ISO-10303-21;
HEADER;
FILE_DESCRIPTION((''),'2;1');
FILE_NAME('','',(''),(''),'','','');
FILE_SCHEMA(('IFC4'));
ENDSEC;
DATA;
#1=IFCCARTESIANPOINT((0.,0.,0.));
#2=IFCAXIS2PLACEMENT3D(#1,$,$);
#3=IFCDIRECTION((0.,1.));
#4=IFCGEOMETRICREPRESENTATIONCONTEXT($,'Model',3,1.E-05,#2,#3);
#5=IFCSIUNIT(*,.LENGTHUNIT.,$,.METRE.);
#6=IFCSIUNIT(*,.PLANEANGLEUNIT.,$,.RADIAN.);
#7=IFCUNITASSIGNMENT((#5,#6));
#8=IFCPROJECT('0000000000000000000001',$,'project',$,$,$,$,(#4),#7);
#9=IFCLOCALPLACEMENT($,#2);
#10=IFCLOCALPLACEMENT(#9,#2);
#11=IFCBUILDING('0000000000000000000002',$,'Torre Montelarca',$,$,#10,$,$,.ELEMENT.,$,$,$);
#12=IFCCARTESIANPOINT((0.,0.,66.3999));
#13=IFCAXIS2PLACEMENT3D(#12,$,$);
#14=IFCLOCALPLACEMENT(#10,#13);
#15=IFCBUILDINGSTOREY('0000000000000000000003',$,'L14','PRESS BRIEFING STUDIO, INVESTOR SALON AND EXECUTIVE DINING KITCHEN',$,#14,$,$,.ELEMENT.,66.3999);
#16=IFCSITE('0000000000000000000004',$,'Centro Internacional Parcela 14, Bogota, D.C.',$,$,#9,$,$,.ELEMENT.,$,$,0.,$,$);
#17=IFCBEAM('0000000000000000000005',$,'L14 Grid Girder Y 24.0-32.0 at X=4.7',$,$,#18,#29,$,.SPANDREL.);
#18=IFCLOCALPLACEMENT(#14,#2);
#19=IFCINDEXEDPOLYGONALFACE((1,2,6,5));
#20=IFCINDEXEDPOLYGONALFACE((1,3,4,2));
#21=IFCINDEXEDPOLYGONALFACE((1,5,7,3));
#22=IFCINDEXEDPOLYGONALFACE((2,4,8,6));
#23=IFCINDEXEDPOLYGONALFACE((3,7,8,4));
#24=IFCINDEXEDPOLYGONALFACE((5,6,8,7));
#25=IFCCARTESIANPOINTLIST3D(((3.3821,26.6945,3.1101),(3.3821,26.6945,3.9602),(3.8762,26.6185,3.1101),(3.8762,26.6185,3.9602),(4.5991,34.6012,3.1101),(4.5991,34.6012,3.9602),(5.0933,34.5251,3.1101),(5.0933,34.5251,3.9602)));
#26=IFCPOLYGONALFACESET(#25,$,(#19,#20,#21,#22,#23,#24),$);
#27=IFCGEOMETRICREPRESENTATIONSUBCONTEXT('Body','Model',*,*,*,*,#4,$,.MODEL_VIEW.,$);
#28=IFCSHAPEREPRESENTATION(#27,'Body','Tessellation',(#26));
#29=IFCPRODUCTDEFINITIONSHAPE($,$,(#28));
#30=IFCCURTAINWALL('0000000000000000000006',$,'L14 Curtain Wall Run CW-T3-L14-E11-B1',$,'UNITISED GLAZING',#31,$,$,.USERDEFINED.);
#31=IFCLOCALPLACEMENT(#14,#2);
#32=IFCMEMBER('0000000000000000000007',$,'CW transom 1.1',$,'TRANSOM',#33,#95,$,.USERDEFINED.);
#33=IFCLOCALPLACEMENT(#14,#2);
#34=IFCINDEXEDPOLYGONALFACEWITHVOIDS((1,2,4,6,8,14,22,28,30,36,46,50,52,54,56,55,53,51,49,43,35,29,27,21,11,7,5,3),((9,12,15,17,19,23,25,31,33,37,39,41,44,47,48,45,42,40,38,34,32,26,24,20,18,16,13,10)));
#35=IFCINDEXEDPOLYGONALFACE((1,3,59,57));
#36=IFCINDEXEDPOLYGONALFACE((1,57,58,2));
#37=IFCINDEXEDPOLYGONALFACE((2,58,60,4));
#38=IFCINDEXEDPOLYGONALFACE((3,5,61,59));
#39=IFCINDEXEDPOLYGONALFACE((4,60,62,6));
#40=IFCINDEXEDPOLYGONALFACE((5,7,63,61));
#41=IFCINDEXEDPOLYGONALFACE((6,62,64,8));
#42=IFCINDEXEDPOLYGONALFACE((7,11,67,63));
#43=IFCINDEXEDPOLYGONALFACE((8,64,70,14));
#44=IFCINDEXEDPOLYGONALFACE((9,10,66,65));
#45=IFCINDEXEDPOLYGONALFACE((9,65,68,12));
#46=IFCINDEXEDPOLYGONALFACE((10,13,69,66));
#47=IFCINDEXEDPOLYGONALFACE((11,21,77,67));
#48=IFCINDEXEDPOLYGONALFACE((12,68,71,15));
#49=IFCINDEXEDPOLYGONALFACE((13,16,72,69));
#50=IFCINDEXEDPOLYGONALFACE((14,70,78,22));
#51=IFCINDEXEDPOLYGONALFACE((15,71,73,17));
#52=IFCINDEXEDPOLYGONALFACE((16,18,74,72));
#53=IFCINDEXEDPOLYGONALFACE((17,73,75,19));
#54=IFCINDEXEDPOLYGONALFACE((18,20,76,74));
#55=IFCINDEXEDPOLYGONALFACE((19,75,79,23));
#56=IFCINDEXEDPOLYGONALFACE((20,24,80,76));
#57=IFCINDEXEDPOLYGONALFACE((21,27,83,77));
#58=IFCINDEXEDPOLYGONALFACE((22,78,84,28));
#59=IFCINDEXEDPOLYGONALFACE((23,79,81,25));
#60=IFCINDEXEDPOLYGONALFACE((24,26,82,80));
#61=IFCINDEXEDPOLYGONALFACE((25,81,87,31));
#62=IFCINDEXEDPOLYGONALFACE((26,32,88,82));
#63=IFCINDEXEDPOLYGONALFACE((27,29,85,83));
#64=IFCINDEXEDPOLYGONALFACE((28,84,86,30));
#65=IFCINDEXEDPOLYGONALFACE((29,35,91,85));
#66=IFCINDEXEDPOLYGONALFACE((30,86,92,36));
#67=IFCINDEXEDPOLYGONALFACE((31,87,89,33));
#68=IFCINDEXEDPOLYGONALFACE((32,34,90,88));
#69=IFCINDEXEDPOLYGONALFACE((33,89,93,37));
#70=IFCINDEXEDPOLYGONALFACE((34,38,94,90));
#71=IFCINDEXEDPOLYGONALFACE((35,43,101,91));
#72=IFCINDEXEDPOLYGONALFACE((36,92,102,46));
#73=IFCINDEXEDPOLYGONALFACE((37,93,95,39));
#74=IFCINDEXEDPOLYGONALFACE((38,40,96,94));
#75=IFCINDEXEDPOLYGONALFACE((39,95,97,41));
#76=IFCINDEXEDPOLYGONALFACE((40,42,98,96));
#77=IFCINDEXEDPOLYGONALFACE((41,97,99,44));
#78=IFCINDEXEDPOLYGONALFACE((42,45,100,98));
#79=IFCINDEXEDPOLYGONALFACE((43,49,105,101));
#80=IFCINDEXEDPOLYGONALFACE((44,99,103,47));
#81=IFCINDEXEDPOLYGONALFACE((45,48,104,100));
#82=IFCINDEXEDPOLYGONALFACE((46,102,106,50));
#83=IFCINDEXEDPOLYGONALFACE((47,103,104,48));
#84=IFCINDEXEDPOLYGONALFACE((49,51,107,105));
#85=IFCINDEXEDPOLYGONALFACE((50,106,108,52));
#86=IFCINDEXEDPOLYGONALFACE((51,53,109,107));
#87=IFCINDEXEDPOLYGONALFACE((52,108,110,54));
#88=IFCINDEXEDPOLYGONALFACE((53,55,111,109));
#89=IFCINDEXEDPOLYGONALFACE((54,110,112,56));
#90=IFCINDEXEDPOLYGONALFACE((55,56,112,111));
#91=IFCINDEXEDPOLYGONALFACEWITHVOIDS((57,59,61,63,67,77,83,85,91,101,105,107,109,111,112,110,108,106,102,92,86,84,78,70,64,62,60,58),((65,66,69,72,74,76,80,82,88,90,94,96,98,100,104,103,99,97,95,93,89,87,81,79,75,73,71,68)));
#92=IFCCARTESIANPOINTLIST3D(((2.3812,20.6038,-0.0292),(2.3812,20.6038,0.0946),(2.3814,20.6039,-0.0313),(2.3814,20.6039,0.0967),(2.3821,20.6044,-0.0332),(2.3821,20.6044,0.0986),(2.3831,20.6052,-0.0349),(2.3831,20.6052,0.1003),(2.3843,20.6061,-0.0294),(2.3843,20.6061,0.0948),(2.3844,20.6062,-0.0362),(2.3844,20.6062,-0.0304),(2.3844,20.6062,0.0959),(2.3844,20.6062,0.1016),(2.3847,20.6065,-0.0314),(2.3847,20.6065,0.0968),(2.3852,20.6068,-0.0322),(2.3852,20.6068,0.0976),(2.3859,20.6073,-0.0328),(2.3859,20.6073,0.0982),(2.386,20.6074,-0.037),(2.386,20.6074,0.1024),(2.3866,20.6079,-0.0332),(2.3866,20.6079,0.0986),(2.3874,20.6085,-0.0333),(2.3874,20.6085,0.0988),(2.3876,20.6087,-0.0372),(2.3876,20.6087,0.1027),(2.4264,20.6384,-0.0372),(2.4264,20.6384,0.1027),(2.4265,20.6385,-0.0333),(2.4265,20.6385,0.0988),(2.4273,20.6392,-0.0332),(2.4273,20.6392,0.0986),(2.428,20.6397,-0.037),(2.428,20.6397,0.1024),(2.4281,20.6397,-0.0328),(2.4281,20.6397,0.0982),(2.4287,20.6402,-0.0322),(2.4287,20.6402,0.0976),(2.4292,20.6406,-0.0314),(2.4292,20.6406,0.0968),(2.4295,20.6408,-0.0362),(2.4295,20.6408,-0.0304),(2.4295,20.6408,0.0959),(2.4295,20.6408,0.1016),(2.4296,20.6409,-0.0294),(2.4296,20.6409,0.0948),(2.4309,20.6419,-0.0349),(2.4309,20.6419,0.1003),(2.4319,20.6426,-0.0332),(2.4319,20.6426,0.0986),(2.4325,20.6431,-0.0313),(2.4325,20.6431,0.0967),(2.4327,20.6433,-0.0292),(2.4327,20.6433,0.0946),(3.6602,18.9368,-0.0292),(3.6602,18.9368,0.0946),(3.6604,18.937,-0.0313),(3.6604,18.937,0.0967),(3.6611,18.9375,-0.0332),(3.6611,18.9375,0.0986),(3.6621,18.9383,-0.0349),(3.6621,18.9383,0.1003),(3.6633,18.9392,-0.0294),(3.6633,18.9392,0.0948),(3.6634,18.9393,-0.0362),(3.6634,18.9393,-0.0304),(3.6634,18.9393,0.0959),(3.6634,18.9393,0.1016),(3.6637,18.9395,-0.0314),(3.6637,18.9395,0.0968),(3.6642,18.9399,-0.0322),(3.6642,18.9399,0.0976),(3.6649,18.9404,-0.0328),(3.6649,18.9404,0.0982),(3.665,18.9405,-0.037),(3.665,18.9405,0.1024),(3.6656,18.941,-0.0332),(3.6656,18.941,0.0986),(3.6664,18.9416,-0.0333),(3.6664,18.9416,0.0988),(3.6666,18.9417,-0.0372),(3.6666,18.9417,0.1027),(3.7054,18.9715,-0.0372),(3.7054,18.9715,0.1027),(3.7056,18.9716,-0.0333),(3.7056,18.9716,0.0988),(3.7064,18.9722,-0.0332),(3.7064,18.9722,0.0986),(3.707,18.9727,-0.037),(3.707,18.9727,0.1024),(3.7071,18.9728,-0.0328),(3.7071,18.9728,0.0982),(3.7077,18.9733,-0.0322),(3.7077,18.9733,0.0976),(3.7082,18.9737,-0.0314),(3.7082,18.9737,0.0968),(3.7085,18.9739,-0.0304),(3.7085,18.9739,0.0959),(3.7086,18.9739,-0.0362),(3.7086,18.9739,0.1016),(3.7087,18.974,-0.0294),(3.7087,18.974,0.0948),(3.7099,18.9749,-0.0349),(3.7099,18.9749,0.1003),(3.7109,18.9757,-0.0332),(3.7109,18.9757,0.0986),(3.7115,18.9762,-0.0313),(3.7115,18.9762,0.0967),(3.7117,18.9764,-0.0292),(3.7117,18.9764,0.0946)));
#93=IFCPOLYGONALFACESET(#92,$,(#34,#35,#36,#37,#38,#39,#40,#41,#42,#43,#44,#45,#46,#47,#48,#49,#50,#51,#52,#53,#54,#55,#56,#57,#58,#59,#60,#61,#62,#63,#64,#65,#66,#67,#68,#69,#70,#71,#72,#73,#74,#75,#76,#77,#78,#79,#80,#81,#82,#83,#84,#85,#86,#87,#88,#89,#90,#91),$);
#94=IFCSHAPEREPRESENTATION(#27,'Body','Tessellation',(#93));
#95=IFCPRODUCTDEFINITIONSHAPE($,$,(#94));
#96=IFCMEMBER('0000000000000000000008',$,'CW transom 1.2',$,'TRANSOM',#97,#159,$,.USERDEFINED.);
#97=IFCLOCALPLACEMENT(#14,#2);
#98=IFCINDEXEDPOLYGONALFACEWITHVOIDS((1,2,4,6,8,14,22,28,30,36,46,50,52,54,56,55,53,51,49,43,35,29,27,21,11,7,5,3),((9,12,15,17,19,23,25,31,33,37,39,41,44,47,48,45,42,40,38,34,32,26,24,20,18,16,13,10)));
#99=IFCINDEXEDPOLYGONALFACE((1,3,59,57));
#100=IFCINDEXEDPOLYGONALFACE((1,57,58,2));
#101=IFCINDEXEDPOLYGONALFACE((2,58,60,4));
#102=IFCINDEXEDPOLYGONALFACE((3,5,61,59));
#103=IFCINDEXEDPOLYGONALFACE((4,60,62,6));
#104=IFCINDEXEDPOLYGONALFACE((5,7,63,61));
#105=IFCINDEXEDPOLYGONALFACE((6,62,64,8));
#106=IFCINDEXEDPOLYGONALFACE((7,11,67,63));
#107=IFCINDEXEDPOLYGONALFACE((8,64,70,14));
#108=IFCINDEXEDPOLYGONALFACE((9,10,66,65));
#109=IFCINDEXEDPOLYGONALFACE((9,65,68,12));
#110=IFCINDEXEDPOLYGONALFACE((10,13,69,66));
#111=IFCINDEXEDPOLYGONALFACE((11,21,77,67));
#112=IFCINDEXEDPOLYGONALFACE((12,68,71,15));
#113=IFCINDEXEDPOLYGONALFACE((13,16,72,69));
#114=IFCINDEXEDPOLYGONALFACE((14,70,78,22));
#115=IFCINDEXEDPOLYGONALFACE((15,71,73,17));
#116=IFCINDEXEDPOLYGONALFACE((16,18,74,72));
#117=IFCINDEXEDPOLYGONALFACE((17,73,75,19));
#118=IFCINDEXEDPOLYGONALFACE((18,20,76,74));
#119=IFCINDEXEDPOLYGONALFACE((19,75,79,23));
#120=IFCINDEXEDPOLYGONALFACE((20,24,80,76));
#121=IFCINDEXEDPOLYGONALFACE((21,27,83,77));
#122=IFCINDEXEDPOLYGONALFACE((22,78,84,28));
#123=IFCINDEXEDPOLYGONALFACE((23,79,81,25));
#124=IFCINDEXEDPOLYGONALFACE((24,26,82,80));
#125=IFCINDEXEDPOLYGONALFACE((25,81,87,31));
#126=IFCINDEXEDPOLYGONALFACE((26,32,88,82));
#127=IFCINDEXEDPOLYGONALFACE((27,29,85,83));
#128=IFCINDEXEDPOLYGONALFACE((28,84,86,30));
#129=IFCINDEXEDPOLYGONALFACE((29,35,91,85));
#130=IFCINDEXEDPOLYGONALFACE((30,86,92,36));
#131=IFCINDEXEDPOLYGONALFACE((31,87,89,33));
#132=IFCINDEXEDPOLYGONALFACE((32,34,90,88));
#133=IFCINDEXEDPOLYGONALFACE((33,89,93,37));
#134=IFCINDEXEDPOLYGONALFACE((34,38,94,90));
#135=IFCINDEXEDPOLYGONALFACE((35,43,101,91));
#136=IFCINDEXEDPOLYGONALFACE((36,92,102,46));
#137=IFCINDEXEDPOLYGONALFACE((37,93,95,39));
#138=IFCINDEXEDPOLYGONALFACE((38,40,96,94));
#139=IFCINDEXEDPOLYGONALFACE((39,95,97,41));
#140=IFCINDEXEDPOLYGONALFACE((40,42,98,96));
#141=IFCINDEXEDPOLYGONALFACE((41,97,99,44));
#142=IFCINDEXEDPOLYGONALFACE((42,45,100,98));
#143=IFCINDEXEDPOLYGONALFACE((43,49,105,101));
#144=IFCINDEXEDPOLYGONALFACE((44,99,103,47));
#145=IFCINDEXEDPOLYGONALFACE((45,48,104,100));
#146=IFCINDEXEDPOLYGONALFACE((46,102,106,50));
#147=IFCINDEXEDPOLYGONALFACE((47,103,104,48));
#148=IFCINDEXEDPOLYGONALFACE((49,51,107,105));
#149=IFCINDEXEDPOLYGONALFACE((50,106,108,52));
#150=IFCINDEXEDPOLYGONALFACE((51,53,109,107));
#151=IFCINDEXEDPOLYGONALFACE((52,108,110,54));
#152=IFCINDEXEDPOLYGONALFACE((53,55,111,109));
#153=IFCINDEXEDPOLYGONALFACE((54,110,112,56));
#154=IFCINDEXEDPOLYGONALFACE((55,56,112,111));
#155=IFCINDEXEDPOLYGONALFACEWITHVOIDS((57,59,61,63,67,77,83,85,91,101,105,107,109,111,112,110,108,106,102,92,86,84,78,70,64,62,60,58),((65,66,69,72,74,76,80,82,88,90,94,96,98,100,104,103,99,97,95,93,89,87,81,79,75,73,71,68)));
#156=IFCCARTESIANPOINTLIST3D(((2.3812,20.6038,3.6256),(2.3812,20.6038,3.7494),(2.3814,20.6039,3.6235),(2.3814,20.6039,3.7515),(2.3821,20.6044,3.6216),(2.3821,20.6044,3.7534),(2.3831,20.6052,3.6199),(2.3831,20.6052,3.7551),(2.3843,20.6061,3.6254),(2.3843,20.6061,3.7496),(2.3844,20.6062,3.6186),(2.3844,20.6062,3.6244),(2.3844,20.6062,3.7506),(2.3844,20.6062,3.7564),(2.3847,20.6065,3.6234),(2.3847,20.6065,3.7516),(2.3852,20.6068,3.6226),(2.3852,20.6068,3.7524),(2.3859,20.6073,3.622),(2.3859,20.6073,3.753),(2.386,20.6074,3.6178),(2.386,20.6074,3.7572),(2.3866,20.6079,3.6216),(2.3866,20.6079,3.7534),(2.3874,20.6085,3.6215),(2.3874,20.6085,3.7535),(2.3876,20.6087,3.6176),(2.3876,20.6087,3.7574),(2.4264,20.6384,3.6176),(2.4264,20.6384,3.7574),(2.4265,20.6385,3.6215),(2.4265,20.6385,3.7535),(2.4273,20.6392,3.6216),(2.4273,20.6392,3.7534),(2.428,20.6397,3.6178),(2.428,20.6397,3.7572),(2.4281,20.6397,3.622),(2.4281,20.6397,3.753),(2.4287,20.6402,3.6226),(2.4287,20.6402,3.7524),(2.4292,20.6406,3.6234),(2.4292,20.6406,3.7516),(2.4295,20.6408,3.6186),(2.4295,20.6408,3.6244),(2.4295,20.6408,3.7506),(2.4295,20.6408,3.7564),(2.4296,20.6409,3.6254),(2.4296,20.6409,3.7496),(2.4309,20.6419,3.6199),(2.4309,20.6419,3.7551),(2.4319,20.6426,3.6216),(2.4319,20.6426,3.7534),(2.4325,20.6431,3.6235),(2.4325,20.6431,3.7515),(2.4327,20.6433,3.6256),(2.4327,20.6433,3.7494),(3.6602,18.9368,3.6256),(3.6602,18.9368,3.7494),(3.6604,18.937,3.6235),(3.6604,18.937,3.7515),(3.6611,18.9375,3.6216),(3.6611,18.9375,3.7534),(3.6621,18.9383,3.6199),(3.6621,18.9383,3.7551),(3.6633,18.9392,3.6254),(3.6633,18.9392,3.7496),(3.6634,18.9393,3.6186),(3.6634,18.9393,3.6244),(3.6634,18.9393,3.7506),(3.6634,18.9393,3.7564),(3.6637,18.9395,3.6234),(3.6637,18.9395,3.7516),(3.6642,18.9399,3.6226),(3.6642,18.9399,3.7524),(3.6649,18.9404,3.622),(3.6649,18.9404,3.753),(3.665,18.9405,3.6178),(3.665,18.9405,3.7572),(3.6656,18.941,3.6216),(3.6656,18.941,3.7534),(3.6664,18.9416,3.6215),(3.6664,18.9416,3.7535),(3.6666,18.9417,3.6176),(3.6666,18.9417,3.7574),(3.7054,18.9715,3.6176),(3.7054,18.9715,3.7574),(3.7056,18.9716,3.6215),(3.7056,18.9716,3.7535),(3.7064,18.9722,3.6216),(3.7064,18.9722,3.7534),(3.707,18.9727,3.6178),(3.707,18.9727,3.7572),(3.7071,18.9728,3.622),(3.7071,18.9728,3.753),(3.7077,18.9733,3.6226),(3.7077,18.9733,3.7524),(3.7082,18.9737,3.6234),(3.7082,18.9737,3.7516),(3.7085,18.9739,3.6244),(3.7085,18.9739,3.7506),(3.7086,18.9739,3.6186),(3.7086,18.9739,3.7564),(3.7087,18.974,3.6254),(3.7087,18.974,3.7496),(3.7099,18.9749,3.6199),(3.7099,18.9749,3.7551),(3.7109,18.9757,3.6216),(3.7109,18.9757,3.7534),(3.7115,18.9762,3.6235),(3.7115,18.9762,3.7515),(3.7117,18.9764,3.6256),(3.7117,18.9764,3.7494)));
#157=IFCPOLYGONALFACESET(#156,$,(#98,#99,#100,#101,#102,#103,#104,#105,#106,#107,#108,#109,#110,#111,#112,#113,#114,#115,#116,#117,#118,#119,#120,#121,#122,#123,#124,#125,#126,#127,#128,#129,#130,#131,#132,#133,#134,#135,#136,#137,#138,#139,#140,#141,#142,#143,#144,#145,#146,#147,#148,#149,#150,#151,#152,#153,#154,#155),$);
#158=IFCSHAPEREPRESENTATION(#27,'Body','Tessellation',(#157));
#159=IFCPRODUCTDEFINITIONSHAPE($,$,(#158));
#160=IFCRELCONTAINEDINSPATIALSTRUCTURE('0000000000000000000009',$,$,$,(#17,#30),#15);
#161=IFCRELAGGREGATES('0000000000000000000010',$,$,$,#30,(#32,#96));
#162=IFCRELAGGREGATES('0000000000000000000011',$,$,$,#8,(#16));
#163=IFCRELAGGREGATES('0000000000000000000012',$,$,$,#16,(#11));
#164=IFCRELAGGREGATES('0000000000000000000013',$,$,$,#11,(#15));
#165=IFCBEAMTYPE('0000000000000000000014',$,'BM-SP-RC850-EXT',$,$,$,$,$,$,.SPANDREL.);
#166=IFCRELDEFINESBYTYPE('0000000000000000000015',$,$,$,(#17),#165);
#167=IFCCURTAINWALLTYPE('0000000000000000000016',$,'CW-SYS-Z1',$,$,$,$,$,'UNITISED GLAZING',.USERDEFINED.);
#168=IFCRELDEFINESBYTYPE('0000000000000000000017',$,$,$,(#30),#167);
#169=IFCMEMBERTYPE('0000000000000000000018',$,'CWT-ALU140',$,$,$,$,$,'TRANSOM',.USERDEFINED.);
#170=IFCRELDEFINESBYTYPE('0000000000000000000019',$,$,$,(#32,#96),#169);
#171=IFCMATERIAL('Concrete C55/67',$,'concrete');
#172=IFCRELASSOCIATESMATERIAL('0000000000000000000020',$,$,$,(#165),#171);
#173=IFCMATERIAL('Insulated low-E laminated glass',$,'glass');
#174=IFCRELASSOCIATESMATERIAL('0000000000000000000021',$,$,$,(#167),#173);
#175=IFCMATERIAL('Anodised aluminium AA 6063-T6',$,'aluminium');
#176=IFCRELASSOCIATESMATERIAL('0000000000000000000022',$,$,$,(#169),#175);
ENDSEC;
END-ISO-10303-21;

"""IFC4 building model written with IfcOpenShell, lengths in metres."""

from ifc_helpers import new_model, si_unit, direction, frame, origin, origin_2d, place, context, subcontext, project, spatial, rectangle, hollow_rectangle, extrude, source, transform, mapped, material, material_profile, profile_set, type_object, element, aggregate, save


model = new_model("IFC4")

# Units and contexts
model_context = context("Model", 3, precision=1e-05, world=origin(), true_north=direction((0.0, 1.0)))
body_context = subcontext(model_context, "Body", "Model", "MODEL_VIEW")
ifc_project = project(units=[si_unit("LENGTHUNIT", "METRE"), si_unit("PLANEANGLEUNIT", "RADIAN")], contexts=[model_context])

# Site, building, storey
site_placement = place(None, origin())
site = spatial("IfcSite", under=ifc_project, at=site_placement, Name="Centro Internacional Parcela 14, Bogota, D.C.", CompositionType="ELEMENT", RefElevation=0.0)
building_placement = place(site_placement, origin())
building = spatial("IfcBuilding", under=site, at=building_placement, Name="Torre Montelarca", CompositionType="ELEMENT")
storey_placement = place(building_placement, frame((0.0, 0.0, 66.3999)))
storey = spatial("IfcBuildingStorey", under=building, at=storey_placement, Name="L14", Description="PRESS BRIEFING STUDIO, INVESTOR SALON AND EXECUTIVE DINING KITCHEN", CompositionType="ELEMENT", Elevation=66.3999)

# Beam
ifc_material_1 = material(Name="Concrete C55/67", Category="concrete")
ifc_material_profile_1 = material_profile(ifc_material_1, rectangle(XDim=0.5, YDim=0.8501, at=origin_2d()), Name="RCB500X850", Category="concrete")
ifc_profile_set_1 = profile_set([ifc_material_profile_1], Name="Concrete C55/67")
beam_type = type_object("IfcBeamType", Name="BM-SP-RC850-EXT", PredefinedType="SPANDREL", material=ifc_profile_set_1)
shared_shape_1 = source(origin(), body_context, "Body", "SweptSolid", [
    extrude(rectangle(XDim=0.5, YDim=0.8501, at=origin_2d()), origin(), (0.0, 0.0, 1.0), 7.9998),
])
beam_placement = place(storey_placement, frame((3.6292, 26.6565, 3.5352), z_axis=(0.152133, 0.98836, 0.0), x_axis=(-0.98836, 0.152133, 0.0)))
element("IfcBeam", 1, at=beam_placement, inside=storey, type_object=beam_type, Name="L14 Grid Girder Y 24.0-32.0 at X=4.7", PredefinedType="SPANDREL", context=body_context, shape_type="MappedRepresentation", body=[
    mapped(shared_shape_1, transform((0.0, 0.0, 0.0), scale=1.0)),
])

# Curtain wall, members
ifc_material_2 = material(Name="Insulated low-E laminated glass", Category="glass")
curtain_wall_type = type_object("IfcCurtainWallType", Name="CW-SYS-Z1", ElementType="UNITISED GLAZING", PredefinedType="USERDEFINED", material=ifc_material_2)
curtain_wall_1_placement = place(storey_placement, origin())
curtain_wall_1 = element("IfcCurtainWall", 2, at=curtain_wall_1_placement, inside=storey, type_object=curtain_wall_type, Name="L14 Curtain Wall Run CW-T3-L14-E11-B1", ObjectType="UNITISED GLAZING", PredefinedType="USERDEFINED")
ifc_material_3 = material(Name="Anodised aluminium AA 6063-T6", Category="aluminium")
ifc_material_profile_2 = material_profile(ifc_material_3, hollow_rectangle(XDim=0.0649, YDim=0.1399, WallThickness=0.0039, InnerFilletRadius=0.0039, OuterFilletRadius=0.0081, at=origin_2d()), Name="ALU65X140X4", Category="aluminium")
ifc_profile_set_2 = profile_set([ifc_material_profile_2], Name="Anodised aluminium AA 6063-T6")
member_type_1 = type_object("IfcMemberType", Name="CWT-ALU140", ElementType="TRANSOM", PredefinedType="USERDEFINED", material=ifc_profile_set_2)
shared_shape_2 = source(origin(), body_context, "Body", "SweptSolid", [
    extrude(hollow_rectangle(XDim=0.0649, YDim=0.1399, WallThickness=0.0039, InnerFilletRadius=0.0039, OuterFilletRadius=0.0081, at=origin_2d()), origin(), (0.0, 0.0, 1.0), 2.1011),
])
member_1_placement = place(storey_placement, frame((2.407, 20.6235, 0.0327), z_axis=(0.608739, -0.793371, 0.0), x_axis=(0.793371, 0.608739, 0.0)))
member_1 = element("IfcMember", 3, at=member_1_placement, type_object=member_type_1, Name="CW transom 1.1", ObjectType="TRANSOM", PredefinedType="USERDEFINED", context=body_context, shape_type="MappedRepresentation", body=[
    mapped(shared_shape_2, transform((0.0, 0.0, 0.0), scale=1.0)),
])
member_2_placement = place(storey_placement, frame((2.407, 20.6235, 3.6875), z_axis=(0.608739, -0.793371, 0.0), x_axis=(0.793371, 0.608739, 0.0)))
member_2 = element("IfcMember", 4, at=member_2_placement, type_object=member_type_1, Name="CW transom 1.2", ObjectType="TRANSOM", PredefinedType="USERDEFINED", context=body_context, shape_type="MappedRepresentation", body=[
    mapped(shared_shape_2, transform((0.0, 0.0, 0.0), scale=1.0)),
])

aggregate(curtain_wall_1, [member_1, member_2])

save(model, "model.ifc")
